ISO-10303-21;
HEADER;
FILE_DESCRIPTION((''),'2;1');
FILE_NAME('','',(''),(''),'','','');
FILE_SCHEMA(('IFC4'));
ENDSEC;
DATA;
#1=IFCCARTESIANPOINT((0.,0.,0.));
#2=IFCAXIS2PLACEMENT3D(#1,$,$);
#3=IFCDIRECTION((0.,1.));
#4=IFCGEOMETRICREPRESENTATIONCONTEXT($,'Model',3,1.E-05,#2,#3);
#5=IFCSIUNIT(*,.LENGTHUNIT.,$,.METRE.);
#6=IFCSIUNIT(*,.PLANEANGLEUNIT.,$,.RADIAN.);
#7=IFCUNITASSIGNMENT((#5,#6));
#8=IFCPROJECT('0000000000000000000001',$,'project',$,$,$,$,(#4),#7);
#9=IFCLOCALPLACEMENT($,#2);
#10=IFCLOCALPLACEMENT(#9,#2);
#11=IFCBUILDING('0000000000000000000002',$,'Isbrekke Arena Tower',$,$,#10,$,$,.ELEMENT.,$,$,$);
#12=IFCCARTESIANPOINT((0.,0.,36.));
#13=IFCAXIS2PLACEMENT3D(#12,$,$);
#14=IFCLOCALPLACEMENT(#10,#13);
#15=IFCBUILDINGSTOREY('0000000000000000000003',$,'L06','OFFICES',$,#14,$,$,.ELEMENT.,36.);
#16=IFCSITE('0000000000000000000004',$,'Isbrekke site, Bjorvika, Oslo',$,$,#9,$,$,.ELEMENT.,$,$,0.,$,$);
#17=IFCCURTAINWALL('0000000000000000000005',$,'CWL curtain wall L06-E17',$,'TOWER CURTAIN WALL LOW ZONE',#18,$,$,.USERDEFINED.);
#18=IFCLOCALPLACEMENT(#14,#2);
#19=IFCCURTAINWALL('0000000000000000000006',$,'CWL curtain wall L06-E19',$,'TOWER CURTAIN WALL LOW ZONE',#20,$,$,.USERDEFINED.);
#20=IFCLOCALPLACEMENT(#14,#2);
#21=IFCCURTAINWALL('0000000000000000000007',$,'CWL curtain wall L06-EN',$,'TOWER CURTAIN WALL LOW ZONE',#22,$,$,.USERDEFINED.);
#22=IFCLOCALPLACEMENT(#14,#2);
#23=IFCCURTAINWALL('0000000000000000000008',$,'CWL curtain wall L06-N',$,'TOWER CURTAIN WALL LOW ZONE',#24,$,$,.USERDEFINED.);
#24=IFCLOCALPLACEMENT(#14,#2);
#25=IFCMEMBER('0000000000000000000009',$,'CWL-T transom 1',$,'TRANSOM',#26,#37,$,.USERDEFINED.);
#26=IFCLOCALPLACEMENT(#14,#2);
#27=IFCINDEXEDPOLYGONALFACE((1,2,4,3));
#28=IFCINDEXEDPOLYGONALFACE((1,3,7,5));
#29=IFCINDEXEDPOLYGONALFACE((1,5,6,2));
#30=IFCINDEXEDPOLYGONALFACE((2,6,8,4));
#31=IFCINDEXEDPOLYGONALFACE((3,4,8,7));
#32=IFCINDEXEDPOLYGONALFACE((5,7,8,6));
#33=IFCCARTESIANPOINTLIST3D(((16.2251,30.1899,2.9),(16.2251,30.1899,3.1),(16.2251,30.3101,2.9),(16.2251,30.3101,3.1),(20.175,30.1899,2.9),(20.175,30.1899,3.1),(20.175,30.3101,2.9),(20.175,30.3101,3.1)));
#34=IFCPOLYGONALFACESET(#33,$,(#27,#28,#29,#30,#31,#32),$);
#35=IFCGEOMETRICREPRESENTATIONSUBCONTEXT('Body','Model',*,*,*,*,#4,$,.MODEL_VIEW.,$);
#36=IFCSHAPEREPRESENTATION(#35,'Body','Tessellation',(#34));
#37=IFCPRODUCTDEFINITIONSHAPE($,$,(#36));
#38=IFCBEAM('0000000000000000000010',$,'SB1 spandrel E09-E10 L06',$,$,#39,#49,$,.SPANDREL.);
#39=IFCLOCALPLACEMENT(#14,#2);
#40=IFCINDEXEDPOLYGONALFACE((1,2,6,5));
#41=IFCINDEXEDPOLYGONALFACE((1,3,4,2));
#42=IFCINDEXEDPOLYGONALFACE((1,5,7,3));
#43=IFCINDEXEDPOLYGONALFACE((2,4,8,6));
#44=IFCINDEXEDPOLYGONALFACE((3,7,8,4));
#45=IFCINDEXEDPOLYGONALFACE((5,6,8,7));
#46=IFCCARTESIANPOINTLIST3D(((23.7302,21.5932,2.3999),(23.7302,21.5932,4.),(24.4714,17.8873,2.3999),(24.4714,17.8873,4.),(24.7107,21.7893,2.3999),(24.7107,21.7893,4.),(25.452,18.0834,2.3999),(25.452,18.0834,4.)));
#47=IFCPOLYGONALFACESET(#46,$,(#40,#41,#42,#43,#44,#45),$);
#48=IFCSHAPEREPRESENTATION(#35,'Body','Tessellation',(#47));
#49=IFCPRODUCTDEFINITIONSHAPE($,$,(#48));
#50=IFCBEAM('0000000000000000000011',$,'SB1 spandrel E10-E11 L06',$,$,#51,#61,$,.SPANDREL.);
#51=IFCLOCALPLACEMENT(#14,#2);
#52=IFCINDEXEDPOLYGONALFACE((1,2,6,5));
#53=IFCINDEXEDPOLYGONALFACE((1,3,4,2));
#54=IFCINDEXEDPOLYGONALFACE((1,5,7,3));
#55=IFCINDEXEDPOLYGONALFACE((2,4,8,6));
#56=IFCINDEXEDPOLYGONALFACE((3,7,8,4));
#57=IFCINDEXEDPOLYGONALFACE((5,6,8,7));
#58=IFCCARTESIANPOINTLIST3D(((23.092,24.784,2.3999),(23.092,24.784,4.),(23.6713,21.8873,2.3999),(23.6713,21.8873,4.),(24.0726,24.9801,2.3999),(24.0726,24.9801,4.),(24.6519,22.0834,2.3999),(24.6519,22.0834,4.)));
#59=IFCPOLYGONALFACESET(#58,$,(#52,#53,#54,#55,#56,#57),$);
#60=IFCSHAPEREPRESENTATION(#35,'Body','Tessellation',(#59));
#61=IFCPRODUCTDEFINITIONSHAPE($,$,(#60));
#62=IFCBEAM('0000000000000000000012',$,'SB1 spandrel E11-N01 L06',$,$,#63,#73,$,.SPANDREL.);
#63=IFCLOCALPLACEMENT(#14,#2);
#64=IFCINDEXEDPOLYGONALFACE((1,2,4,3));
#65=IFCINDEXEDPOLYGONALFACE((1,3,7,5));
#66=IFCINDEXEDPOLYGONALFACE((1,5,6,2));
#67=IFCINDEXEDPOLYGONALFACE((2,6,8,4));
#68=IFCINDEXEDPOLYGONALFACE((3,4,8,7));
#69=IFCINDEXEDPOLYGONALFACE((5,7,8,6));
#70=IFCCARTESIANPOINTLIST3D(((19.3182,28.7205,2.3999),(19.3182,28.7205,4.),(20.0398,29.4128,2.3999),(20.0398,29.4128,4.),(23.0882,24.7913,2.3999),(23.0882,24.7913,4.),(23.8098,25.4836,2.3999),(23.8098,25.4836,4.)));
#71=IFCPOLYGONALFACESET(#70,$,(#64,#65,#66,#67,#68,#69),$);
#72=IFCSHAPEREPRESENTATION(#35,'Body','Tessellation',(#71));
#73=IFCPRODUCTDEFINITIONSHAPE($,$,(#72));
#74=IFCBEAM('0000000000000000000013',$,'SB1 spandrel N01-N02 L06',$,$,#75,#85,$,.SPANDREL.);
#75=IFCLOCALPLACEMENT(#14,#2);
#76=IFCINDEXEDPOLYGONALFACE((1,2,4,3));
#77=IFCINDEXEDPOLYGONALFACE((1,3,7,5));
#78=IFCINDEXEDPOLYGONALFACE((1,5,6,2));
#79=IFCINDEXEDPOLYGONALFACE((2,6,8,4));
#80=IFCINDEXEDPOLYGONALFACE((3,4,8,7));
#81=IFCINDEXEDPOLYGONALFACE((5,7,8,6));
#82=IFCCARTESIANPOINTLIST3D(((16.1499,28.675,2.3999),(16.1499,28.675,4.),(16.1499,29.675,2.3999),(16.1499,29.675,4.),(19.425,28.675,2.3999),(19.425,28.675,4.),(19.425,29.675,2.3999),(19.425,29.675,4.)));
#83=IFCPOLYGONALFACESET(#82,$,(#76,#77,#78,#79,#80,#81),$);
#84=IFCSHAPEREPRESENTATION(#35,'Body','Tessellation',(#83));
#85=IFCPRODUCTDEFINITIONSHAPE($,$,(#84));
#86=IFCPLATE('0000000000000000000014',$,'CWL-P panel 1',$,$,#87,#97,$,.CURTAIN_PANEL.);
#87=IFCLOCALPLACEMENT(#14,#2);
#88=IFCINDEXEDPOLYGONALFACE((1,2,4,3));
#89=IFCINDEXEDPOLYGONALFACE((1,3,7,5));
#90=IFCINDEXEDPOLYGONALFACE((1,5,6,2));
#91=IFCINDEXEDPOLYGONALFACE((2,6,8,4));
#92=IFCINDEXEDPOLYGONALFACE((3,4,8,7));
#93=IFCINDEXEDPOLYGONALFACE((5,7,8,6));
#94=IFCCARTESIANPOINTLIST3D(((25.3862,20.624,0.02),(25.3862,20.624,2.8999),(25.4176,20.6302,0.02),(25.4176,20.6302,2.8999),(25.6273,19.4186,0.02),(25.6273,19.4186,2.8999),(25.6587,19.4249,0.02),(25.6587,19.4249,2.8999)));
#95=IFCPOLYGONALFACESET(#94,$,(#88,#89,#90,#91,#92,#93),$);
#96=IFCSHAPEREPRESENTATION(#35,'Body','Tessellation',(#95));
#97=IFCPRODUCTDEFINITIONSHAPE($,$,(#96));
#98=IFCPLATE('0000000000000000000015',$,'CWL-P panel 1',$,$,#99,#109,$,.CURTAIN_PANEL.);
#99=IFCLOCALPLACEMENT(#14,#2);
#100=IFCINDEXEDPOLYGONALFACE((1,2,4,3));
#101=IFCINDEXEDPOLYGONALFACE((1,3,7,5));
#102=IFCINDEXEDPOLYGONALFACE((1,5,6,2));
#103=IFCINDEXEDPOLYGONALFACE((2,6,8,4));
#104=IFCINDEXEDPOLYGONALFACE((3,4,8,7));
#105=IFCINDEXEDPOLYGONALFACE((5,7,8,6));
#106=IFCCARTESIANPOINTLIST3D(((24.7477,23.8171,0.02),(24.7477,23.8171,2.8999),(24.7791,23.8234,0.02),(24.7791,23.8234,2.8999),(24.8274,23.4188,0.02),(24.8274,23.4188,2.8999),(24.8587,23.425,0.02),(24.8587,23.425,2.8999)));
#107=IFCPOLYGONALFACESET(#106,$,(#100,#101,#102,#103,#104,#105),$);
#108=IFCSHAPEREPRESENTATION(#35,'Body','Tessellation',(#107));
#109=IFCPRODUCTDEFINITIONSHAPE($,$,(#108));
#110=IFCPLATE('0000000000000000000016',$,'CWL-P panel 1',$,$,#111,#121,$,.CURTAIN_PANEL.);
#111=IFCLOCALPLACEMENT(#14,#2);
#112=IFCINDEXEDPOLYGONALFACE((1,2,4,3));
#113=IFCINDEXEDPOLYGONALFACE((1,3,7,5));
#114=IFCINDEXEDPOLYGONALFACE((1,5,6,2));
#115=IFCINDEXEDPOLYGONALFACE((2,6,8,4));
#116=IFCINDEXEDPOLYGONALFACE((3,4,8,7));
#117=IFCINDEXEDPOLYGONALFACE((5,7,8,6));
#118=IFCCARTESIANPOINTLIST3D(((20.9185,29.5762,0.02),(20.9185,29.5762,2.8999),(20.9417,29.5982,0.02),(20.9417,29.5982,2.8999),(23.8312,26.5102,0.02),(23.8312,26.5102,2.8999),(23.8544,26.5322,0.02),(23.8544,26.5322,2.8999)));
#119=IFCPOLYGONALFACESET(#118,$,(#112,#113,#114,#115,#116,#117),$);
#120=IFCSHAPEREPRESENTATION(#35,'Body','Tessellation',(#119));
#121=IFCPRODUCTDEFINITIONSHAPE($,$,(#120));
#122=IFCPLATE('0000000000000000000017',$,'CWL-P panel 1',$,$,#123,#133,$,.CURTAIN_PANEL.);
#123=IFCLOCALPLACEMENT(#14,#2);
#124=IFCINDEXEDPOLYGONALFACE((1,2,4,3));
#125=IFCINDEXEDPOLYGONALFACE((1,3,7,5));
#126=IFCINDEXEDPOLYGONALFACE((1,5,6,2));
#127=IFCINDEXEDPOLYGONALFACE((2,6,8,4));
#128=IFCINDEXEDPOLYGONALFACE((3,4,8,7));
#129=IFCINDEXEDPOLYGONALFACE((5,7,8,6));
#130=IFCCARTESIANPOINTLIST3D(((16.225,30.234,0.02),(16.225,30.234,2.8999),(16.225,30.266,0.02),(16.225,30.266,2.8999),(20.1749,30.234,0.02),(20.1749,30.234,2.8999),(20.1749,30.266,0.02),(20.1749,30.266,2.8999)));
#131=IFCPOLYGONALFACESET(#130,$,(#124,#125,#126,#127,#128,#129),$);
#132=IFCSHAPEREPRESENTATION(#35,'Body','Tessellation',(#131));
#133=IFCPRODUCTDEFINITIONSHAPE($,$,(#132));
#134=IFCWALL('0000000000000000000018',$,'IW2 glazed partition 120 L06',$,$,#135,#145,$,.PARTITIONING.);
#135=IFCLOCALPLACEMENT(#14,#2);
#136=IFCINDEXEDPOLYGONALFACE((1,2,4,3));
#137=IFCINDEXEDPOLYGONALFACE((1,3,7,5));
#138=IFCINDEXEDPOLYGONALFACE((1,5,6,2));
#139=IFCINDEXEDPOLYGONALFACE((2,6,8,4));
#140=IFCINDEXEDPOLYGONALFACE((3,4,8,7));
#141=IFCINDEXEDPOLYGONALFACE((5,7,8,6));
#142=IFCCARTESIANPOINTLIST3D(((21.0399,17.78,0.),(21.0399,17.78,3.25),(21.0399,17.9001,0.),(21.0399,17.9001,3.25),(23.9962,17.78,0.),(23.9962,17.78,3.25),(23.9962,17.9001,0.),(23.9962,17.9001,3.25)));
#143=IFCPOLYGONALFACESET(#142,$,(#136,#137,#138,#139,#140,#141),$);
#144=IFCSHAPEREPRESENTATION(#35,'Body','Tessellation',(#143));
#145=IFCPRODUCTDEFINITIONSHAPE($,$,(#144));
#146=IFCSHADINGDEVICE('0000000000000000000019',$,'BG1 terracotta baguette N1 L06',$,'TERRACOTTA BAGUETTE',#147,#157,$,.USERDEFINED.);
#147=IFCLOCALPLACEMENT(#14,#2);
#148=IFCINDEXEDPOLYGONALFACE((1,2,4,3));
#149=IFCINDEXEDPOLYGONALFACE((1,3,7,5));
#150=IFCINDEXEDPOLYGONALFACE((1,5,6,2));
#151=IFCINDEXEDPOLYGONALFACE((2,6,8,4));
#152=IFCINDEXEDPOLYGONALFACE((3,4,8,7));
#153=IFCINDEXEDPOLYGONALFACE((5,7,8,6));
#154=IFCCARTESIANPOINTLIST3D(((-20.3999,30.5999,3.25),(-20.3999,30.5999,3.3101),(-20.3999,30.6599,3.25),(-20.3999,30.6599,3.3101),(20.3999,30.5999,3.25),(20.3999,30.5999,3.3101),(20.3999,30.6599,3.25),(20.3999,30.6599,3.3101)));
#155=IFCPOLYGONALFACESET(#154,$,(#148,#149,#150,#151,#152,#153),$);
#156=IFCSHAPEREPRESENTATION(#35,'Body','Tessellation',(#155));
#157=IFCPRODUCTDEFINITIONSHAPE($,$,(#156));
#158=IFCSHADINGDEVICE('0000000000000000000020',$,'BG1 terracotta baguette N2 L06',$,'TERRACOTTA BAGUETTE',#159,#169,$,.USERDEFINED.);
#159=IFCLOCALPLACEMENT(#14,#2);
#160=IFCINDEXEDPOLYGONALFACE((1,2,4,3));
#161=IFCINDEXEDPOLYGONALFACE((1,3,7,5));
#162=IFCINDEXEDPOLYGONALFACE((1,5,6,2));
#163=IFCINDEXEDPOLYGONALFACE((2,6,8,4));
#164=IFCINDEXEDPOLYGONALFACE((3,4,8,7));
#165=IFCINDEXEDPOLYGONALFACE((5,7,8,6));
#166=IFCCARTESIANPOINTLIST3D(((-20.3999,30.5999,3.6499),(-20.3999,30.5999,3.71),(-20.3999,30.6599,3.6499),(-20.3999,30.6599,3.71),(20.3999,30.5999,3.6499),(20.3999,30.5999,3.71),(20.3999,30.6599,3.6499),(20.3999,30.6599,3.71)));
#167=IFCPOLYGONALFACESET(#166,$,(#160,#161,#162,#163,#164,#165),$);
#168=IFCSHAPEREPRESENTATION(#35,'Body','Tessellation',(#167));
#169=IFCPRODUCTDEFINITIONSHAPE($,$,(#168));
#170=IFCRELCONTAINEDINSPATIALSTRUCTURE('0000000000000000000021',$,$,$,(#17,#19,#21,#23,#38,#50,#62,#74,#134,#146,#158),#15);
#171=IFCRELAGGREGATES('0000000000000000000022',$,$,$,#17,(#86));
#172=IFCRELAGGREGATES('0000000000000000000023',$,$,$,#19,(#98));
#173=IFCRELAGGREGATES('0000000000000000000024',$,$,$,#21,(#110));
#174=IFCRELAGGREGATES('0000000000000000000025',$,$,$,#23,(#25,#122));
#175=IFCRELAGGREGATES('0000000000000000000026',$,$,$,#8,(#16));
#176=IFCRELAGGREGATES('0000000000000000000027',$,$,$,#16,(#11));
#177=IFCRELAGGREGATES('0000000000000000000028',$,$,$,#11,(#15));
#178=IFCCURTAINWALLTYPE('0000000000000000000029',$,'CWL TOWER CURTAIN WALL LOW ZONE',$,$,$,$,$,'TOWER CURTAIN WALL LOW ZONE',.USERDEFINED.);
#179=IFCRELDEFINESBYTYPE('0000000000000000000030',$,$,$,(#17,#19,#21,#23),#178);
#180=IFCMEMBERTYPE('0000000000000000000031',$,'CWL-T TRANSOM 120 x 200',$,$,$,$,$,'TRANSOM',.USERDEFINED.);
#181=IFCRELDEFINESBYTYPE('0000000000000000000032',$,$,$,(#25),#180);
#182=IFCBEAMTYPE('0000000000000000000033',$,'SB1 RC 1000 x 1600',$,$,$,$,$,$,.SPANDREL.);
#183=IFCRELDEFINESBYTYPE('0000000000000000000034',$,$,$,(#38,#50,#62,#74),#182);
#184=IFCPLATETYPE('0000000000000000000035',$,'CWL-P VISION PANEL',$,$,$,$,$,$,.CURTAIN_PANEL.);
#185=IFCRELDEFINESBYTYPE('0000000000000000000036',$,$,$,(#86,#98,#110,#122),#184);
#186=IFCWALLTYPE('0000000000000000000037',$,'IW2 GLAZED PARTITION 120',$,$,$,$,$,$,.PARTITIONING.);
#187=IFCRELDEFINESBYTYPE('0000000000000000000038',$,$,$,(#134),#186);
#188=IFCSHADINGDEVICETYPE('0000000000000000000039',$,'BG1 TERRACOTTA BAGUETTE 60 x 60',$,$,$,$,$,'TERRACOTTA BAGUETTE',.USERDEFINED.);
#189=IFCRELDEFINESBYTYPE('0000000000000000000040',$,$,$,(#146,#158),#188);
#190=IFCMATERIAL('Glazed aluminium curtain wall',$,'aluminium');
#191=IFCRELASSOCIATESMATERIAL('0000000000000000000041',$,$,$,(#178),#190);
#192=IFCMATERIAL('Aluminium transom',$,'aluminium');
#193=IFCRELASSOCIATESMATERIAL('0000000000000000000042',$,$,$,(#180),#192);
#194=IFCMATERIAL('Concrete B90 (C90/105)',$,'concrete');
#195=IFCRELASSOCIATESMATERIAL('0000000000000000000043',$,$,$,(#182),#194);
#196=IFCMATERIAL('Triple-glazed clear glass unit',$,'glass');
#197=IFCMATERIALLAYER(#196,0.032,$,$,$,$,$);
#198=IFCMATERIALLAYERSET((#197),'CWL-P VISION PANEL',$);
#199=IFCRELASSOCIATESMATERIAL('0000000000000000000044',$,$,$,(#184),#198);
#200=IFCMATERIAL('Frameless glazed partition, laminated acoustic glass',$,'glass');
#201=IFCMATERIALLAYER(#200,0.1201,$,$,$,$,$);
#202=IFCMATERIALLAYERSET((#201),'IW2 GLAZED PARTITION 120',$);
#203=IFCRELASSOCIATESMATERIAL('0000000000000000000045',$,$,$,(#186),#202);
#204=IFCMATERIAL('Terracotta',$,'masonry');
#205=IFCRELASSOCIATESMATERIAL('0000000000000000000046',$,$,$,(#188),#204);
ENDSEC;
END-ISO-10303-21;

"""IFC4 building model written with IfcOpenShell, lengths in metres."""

from ifc_helpers import new_model, si_unit, direction, frame, frame_2d, origin, origin_2d, place, context, subcontext, project, spatial, rectangle, extrude, material, layer, layer_set, material_profile, profile_set, type_object, element, aggregate, save


model = new_model("IFC4")

# Units and contexts
model_context = context("Model", 3, precision=1e-05, world=origin(), true_north=direction((0.0, 1.0)))
body_context = subcontext(model_context, "Body", "Model", "MODEL_VIEW")
ifc_project = project(units=[si_unit("LENGTHUNIT", "METRE"), si_unit("PLANEANGLEUNIT", "RADIAN")], contexts=[model_context])

# Site, building, storey
site_placement = place(None, origin())
site = spatial("IfcSite", under=ifc_project, at=site_placement, Name="Isbrekke site, Bjorvika, Oslo", CompositionType="ELEMENT", RefElevation=0.0)
building_placement = place(site_placement, origin())
building = spatial("IfcBuilding", under=site, at=building_placement, Name="Isbrekke Arena Tower", CompositionType="ELEMENT")
storey_placement = place(building_placement, frame((0.0, 0.0, 36.0)))
storey = spatial("IfcBuildingStorey", under=building, at=storey_placement, Name="L06", Description="OFFICES", CompositionType="ELEMENT", Elevation=36.0)

# Curtain walls
ifc_material_1 = material(Name="Glazed aluminium curtain wall", Category="aluminium")
curtain_wall_type = type_object("IfcCurtainWallType", Name="CWL TOWER CURTAIN WALL LOW ZONE", ElementType="TOWER CURTAIN WALL LOW ZONE", PredefinedType="USERDEFINED", material=ifc_material_1)
curtain_wall_1_placement = place(storey_placement, origin())
curtain_wall_1 = element("IfcCurtainWall", 1, at=curtain_wall_1_placement, inside=storey, type_object=curtain_wall_type, Name="CWL curtain wall L06-E17", ObjectType="TOWER CURTAIN WALL LOW ZONE", PredefinedType="USERDEFINED")
curtain_wall_2_placement = place(storey_placement, origin())
curtain_wall_2 = element("IfcCurtainWall", 2, at=curtain_wall_2_placement, inside=storey, type_object=curtain_wall_type, Name="CWL curtain wall L06-E19", ObjectType="TOWER CURTAIN WALL LOW ZONE", PredefinedType="USERDEFINED")
curtain_wall_3_placement = place(storey_placement, origin())
curtain_wall_3 = element("IfcCurtainWall", 3, at=curtain_wall_3_placement, inside=storey, type_object=curtain_wall_type, Name="CWL curtain wall L06-EN", ObjectType="TOWER CURTAIN WALL LOW ZONE", PredefinedType="USERDEFINED")
curtain_wall_4_placement = place(storey_placement, origin())
curtain_wall_4 = element("IfcCurtainWall", 4, at=curtain_wall_4_placement, inside=storey, type_object=curtain_wall_type, Name="CWL curtain wall L06-N", ObjectType="TOWER CURTAIN WALL LOW ZONE", PredefinedType="USERDEFINED")

# Member
ifc_material_2 = material(Name="Aluminium transom", Category="aluminium")
ifc_material_profile_1 = material_profile(ifc_material_2, rectangle(XDim=0.1201, YDim=0.2, at=origin_2d()), Name="TRANSOM 120X200")
ifc_profile_set_1 = profile_set([ifc_material_profile_1], Name="Aluminium transom")
member_type_1 = type_object("IfcMemberType", Name="CWL-T TRANSOM 120 x 200", ElementType="TRANSOM", PredefinedType="USERDEFINED", material=ifc_profile_set_1)
member_1_placement = place(storey_placement, frame((20.175, 30.25, 3.0), z_axis=(-1.0, 0.0, 0.0), x_axis=(0.0, -1.0, 0.0)))
member_1 = element("IfcMember", 5, at=member_1_placement, type_object=member_type_1, Name="CWL-T transom 1", ObjectType="TRANSOM", PredefinedType="USERDEFINED", context=body_context, shape_type="SweptSolid", body=[
    extrude(rectangle(XDim=0.1201, YDim=0.2, at=origin_2d()), origin(), (0.0, 0.0, 1.0), 3.95),
])

# Beams
ifc_material_3 = material(Name="Concrete B90 (C90/105)", Category="concrete")
ifc_material_profile_2 = material_profile(ifc_material_3, rectangle(XDim=1.0, YDim=1.6001, at=origin_2d()), Name="RC 1000x1600")
ifc_profile_set_2 = profile_set([ifc_material_profile_2], Name="Concrete B90 (C90/105)")
beam_type_1 = type_object("IfcBeamType", Name="SB1 RC 1000 x 1600", PredefinedType="SPANDREL", material=ifc_profile_set_2)
beam_1_placement = place(storey_placement, frame((24.9617, 17.9854, 3.2), z_axis=(-0.196129, 0.980578, 0.0), x_axis=(-0.980578, -0.196129, 0.0)))
element("IfcBeam", 6, at=beam_1_placement, inside=storey, type_object=beam_type_1, Name="SB1 spandrel E09-E10 L06", PredefinedType="SPANDREL", context=body_context, shape_type="SweptSolid", body=[
    extrude(rectangle(XDim=1.0, YDim=1.6001, at=origin_2d()), origin(), (0.0, 0.0, 1.0), 3.7793),
])
beam_2_placement = place(storey_placement, frame((24.1616, 21.9854, 3.2), z_axis=(-0.196116, 0.980581, 0.0), x_axis=(-0.980581, -0.196116, 0.0)))
element("IfcBeam", 7, at=beam_2_placement, inside=storey, type_object=beam_type_1, Name="SB1 spandrel E10-E11 L06", PredefinedType="SPANDREL", context=body_context, shape_type="SweptSolid", body=[
    extrude(rectangle(XDim=1.0, YDim=1.6001, at=origin_2d()), origin(), (0.0, 0.0, 1.0), 2.9541),
])
beam_3_placement = place(storey_placement, frame((23.449, 25.1375, 3.2), z_axis=(-0.69234, 0.721572, 0.0), x_axis=(-0.721572, -0.69234, 0.0)))
element("IfcBeam", 8, at=beam_3_placement, inside=storey, type_object=beam_type_1, Name="SB1 spandrel E11-N01 L06", PredefinedType="SPANDREL", context=body_context, shape_type="SweptSolid", body=[
    extrude(rectangle(XDim=1.0, YDim=1.6001, at=origin_2d()), origin(), (0.0, 0.0, 1.0), 5.4453),
])
beam_4_placement = place(storey_placement, frame((19.425, 29.175, 3.2), z_axis=(-1.0, 0.0, 0.0), x_axis=(0.0, -1.0, 0.0)))
element("IfcBeam", 9, at=beam_4_placement, inside=storey, type_object=beam_type_1, Name="SB1 spandrel N01-N02 L06", PredefinedType="SPANDREL", context=body_context, shape_type="SweptSolid", body=[
    extrude(rectangle(XDim=1.0, YDim=1.6001, at=origin_2d()), origin(), (0.0, 0.0, 1.0), 3.2751),
])

# Plates
ifc_material_4 = material(Name="Triple-glazed clear glass unit", Category="glass")
ifc_layer_1 = layer(ifc_material_4, 0.032)
ifc_layer_set_1 = layer_set([ifc_layer_1], Name="CWL-P VISION PANEL")
plate_type = type_object("IfcPlateType", Name="CWL-P VISION PANEL", PredefinedType="CURTAIN_PANEL", material=ifc_layer_set_1)
plate_1_placement = place(storey_placement, frame((25.5225, 20.0244, 0.02), z_axis=(0.0, 0.0, 1.0), x_axis=(-0.196116, 0.980581, 0.0)))
plate_1 = element("IfcPlate", 10, at=plate_1_placement, type_object=plate_type, Name="CWL-P panel 1", PredefinedType="CURTAIN_PANEL", context=body_context, shape_type="SweptSolid", body=[
    extrude(rectangle(XDim=1.2292, YDim=0.032, at=origin_2d()), origin(), (0.0, 0.0, 1.0), 2.8799),
])
aggregate(curtain_wall_1, [plate_1])
plate_2_placement = place(storey_placement, frame((24.8032, 23.6211, 0.02), z_axis=(0.0, 0.0, 1.0), x_axis=(-0.196116, 0.980581, 0.0)))
plate_2 = element("IfcPlate", 11, at=plate_2_placement, type_object=plate_type, Name="CWL-P panel 1", PredefinedType="CURTAIN_PANEL", context=body_context, shape_type="SweptSolid", body=[
    extrude(rectangle(XDim=0.4062, YDim=0.032, at=origin_2d()), origin(), (0.0, 0.0, 1.0), 2.8799),
])
aggregate(curtain_wall_2, [plate_2])
plate_3_placement = place(storey_placement, frame((22.3865, 28.0542, 0.02), z_axis=(0.0, 0.0, 1.0), x_axis=(-0.688749, 0.724999, 0.0)))
plate_3 = element("IfcPlate", 12, at=plate_3_placement, type_object=plate_type, Name="CWL-P panel 1", PredefinedType="CURTAIN_PANEL", context=body_context, shape_type="SweptSolid", body=[
    extrude(rectangle(XDim=4.229, YDim=0.032, at=origin_2d()), origin(), (0.0, 0.0, 1.0), 2.8799),
])
aggregate(curtain_wall_3, [plate_3])
plate_4_placement = place(storey_placement, frame((18.2, 30.25, 0.02), z_axis=(0.0, 0.0, 1.0), x_axis=(-1.0, 0.0, 0.0)))
plate_4 = element("IfcPlate", 13, at=plate_4_placement, type_object=plate_type, Name="CWL-P panel 1", PredefinedType="CURTAIN_PANEL", context=body_context, shape_type="SweptSolid", body=[
    extrude(rectangle(XDim=3.95, YDim=0.032, at=origin_2d()), origin(), (0.0, 0.0, 1.0), 2.8799),
])
aggregate(curtain_wall_4, [member_1, plate_4])

# Wall
ifc_material_5 = material(Name="Frameless glazed partition, laminated acoustic glass", Category="glass")
ifc_layer_2 = layer(ifc_material_5, 0.1201)
ifc_layer_set_2 = layer_set([ifc_layer_2], Name="IW2 GLAZED PARTITION 120")
wall_type = type_object("IfcWallType", Name="IW2 GLAZED PARTITION 120", PredefinedType="PARTITIONING", material=ifc_layer_set_2)
wall_placement = place(storey_placement, frame((21.04, 17.8401, 0.0), z_axis=(0.0, 0.0, 1.0), x_axis=(1.0, 0.0, 0.0)))
element("IfcWall", 14, at=wall_placement, inside=storey, type_object=wall_type, Name="IW2 glazed partition 120 L06", PredefinedType="PARTITIONING", context=body_context, shape_type="SweptSolid", body=[
    extrude(rectangle(XDim=2.9563, YDim=0.1201, at=frame_2d((1.478, 0.0))), origin(), (0.0, 0.0, 1.0), 3.25),
])

# Shading devices
ifc_material_6 = material(Name="Terracotta", Category="masonry")
ifc_material_profile_3 = material_profile(ifc_material_6, rectangle(XDim=0.0601, YDim=0.0601, at=origin_2d()), Name="BAGUETTE 60X60")
ifc_profile_set_3 = profile_set([ifc_material_profile_3], Name="Terracotta")
shading_device_type = type_object("IfcShadingDeviceType", Name="BG1 TERRACOTTA BAGUETTE 60 x 60", ElementType="TERRACOTTA BAGUETTE", PredefinedType="USERDEFINED", material=ifc_profile_set_3)
for number, where, z_axis, x_axis, name in (
    (15, (20.3999, 30.6299, 3.28), (-1.0, 0.0, 0.0), (0.0, -1.0, 0.0), "BG1 terracotta baguette N1 L06"),
    (16, (20.3999, 30.6299, 3.6799), (-1.0, 0.0, 0.0), (0.0, -1.0, 0.0), "BG1 terracotta baguette N2 L06"),
):
    element("IfcShadingDevice", number, at=place(storey_placement, frame(where, z_axis=z_axis, x_axis=x_axis)), inside=storey, type_object=shading_device_type, Name=name, ObjectType="TERRACOTTA BAGUETTE", PredefinedType="USERDEFINED", context=body_context, shape_type="SweptSolid", body=[
        extrude(rectangle(XDim=0.0601, YDim=0.0601, at=origin_2d()), origin(), (0.0, 0.0, 1.0), 40.7998),
    ])

save(model, "model.ifc")
